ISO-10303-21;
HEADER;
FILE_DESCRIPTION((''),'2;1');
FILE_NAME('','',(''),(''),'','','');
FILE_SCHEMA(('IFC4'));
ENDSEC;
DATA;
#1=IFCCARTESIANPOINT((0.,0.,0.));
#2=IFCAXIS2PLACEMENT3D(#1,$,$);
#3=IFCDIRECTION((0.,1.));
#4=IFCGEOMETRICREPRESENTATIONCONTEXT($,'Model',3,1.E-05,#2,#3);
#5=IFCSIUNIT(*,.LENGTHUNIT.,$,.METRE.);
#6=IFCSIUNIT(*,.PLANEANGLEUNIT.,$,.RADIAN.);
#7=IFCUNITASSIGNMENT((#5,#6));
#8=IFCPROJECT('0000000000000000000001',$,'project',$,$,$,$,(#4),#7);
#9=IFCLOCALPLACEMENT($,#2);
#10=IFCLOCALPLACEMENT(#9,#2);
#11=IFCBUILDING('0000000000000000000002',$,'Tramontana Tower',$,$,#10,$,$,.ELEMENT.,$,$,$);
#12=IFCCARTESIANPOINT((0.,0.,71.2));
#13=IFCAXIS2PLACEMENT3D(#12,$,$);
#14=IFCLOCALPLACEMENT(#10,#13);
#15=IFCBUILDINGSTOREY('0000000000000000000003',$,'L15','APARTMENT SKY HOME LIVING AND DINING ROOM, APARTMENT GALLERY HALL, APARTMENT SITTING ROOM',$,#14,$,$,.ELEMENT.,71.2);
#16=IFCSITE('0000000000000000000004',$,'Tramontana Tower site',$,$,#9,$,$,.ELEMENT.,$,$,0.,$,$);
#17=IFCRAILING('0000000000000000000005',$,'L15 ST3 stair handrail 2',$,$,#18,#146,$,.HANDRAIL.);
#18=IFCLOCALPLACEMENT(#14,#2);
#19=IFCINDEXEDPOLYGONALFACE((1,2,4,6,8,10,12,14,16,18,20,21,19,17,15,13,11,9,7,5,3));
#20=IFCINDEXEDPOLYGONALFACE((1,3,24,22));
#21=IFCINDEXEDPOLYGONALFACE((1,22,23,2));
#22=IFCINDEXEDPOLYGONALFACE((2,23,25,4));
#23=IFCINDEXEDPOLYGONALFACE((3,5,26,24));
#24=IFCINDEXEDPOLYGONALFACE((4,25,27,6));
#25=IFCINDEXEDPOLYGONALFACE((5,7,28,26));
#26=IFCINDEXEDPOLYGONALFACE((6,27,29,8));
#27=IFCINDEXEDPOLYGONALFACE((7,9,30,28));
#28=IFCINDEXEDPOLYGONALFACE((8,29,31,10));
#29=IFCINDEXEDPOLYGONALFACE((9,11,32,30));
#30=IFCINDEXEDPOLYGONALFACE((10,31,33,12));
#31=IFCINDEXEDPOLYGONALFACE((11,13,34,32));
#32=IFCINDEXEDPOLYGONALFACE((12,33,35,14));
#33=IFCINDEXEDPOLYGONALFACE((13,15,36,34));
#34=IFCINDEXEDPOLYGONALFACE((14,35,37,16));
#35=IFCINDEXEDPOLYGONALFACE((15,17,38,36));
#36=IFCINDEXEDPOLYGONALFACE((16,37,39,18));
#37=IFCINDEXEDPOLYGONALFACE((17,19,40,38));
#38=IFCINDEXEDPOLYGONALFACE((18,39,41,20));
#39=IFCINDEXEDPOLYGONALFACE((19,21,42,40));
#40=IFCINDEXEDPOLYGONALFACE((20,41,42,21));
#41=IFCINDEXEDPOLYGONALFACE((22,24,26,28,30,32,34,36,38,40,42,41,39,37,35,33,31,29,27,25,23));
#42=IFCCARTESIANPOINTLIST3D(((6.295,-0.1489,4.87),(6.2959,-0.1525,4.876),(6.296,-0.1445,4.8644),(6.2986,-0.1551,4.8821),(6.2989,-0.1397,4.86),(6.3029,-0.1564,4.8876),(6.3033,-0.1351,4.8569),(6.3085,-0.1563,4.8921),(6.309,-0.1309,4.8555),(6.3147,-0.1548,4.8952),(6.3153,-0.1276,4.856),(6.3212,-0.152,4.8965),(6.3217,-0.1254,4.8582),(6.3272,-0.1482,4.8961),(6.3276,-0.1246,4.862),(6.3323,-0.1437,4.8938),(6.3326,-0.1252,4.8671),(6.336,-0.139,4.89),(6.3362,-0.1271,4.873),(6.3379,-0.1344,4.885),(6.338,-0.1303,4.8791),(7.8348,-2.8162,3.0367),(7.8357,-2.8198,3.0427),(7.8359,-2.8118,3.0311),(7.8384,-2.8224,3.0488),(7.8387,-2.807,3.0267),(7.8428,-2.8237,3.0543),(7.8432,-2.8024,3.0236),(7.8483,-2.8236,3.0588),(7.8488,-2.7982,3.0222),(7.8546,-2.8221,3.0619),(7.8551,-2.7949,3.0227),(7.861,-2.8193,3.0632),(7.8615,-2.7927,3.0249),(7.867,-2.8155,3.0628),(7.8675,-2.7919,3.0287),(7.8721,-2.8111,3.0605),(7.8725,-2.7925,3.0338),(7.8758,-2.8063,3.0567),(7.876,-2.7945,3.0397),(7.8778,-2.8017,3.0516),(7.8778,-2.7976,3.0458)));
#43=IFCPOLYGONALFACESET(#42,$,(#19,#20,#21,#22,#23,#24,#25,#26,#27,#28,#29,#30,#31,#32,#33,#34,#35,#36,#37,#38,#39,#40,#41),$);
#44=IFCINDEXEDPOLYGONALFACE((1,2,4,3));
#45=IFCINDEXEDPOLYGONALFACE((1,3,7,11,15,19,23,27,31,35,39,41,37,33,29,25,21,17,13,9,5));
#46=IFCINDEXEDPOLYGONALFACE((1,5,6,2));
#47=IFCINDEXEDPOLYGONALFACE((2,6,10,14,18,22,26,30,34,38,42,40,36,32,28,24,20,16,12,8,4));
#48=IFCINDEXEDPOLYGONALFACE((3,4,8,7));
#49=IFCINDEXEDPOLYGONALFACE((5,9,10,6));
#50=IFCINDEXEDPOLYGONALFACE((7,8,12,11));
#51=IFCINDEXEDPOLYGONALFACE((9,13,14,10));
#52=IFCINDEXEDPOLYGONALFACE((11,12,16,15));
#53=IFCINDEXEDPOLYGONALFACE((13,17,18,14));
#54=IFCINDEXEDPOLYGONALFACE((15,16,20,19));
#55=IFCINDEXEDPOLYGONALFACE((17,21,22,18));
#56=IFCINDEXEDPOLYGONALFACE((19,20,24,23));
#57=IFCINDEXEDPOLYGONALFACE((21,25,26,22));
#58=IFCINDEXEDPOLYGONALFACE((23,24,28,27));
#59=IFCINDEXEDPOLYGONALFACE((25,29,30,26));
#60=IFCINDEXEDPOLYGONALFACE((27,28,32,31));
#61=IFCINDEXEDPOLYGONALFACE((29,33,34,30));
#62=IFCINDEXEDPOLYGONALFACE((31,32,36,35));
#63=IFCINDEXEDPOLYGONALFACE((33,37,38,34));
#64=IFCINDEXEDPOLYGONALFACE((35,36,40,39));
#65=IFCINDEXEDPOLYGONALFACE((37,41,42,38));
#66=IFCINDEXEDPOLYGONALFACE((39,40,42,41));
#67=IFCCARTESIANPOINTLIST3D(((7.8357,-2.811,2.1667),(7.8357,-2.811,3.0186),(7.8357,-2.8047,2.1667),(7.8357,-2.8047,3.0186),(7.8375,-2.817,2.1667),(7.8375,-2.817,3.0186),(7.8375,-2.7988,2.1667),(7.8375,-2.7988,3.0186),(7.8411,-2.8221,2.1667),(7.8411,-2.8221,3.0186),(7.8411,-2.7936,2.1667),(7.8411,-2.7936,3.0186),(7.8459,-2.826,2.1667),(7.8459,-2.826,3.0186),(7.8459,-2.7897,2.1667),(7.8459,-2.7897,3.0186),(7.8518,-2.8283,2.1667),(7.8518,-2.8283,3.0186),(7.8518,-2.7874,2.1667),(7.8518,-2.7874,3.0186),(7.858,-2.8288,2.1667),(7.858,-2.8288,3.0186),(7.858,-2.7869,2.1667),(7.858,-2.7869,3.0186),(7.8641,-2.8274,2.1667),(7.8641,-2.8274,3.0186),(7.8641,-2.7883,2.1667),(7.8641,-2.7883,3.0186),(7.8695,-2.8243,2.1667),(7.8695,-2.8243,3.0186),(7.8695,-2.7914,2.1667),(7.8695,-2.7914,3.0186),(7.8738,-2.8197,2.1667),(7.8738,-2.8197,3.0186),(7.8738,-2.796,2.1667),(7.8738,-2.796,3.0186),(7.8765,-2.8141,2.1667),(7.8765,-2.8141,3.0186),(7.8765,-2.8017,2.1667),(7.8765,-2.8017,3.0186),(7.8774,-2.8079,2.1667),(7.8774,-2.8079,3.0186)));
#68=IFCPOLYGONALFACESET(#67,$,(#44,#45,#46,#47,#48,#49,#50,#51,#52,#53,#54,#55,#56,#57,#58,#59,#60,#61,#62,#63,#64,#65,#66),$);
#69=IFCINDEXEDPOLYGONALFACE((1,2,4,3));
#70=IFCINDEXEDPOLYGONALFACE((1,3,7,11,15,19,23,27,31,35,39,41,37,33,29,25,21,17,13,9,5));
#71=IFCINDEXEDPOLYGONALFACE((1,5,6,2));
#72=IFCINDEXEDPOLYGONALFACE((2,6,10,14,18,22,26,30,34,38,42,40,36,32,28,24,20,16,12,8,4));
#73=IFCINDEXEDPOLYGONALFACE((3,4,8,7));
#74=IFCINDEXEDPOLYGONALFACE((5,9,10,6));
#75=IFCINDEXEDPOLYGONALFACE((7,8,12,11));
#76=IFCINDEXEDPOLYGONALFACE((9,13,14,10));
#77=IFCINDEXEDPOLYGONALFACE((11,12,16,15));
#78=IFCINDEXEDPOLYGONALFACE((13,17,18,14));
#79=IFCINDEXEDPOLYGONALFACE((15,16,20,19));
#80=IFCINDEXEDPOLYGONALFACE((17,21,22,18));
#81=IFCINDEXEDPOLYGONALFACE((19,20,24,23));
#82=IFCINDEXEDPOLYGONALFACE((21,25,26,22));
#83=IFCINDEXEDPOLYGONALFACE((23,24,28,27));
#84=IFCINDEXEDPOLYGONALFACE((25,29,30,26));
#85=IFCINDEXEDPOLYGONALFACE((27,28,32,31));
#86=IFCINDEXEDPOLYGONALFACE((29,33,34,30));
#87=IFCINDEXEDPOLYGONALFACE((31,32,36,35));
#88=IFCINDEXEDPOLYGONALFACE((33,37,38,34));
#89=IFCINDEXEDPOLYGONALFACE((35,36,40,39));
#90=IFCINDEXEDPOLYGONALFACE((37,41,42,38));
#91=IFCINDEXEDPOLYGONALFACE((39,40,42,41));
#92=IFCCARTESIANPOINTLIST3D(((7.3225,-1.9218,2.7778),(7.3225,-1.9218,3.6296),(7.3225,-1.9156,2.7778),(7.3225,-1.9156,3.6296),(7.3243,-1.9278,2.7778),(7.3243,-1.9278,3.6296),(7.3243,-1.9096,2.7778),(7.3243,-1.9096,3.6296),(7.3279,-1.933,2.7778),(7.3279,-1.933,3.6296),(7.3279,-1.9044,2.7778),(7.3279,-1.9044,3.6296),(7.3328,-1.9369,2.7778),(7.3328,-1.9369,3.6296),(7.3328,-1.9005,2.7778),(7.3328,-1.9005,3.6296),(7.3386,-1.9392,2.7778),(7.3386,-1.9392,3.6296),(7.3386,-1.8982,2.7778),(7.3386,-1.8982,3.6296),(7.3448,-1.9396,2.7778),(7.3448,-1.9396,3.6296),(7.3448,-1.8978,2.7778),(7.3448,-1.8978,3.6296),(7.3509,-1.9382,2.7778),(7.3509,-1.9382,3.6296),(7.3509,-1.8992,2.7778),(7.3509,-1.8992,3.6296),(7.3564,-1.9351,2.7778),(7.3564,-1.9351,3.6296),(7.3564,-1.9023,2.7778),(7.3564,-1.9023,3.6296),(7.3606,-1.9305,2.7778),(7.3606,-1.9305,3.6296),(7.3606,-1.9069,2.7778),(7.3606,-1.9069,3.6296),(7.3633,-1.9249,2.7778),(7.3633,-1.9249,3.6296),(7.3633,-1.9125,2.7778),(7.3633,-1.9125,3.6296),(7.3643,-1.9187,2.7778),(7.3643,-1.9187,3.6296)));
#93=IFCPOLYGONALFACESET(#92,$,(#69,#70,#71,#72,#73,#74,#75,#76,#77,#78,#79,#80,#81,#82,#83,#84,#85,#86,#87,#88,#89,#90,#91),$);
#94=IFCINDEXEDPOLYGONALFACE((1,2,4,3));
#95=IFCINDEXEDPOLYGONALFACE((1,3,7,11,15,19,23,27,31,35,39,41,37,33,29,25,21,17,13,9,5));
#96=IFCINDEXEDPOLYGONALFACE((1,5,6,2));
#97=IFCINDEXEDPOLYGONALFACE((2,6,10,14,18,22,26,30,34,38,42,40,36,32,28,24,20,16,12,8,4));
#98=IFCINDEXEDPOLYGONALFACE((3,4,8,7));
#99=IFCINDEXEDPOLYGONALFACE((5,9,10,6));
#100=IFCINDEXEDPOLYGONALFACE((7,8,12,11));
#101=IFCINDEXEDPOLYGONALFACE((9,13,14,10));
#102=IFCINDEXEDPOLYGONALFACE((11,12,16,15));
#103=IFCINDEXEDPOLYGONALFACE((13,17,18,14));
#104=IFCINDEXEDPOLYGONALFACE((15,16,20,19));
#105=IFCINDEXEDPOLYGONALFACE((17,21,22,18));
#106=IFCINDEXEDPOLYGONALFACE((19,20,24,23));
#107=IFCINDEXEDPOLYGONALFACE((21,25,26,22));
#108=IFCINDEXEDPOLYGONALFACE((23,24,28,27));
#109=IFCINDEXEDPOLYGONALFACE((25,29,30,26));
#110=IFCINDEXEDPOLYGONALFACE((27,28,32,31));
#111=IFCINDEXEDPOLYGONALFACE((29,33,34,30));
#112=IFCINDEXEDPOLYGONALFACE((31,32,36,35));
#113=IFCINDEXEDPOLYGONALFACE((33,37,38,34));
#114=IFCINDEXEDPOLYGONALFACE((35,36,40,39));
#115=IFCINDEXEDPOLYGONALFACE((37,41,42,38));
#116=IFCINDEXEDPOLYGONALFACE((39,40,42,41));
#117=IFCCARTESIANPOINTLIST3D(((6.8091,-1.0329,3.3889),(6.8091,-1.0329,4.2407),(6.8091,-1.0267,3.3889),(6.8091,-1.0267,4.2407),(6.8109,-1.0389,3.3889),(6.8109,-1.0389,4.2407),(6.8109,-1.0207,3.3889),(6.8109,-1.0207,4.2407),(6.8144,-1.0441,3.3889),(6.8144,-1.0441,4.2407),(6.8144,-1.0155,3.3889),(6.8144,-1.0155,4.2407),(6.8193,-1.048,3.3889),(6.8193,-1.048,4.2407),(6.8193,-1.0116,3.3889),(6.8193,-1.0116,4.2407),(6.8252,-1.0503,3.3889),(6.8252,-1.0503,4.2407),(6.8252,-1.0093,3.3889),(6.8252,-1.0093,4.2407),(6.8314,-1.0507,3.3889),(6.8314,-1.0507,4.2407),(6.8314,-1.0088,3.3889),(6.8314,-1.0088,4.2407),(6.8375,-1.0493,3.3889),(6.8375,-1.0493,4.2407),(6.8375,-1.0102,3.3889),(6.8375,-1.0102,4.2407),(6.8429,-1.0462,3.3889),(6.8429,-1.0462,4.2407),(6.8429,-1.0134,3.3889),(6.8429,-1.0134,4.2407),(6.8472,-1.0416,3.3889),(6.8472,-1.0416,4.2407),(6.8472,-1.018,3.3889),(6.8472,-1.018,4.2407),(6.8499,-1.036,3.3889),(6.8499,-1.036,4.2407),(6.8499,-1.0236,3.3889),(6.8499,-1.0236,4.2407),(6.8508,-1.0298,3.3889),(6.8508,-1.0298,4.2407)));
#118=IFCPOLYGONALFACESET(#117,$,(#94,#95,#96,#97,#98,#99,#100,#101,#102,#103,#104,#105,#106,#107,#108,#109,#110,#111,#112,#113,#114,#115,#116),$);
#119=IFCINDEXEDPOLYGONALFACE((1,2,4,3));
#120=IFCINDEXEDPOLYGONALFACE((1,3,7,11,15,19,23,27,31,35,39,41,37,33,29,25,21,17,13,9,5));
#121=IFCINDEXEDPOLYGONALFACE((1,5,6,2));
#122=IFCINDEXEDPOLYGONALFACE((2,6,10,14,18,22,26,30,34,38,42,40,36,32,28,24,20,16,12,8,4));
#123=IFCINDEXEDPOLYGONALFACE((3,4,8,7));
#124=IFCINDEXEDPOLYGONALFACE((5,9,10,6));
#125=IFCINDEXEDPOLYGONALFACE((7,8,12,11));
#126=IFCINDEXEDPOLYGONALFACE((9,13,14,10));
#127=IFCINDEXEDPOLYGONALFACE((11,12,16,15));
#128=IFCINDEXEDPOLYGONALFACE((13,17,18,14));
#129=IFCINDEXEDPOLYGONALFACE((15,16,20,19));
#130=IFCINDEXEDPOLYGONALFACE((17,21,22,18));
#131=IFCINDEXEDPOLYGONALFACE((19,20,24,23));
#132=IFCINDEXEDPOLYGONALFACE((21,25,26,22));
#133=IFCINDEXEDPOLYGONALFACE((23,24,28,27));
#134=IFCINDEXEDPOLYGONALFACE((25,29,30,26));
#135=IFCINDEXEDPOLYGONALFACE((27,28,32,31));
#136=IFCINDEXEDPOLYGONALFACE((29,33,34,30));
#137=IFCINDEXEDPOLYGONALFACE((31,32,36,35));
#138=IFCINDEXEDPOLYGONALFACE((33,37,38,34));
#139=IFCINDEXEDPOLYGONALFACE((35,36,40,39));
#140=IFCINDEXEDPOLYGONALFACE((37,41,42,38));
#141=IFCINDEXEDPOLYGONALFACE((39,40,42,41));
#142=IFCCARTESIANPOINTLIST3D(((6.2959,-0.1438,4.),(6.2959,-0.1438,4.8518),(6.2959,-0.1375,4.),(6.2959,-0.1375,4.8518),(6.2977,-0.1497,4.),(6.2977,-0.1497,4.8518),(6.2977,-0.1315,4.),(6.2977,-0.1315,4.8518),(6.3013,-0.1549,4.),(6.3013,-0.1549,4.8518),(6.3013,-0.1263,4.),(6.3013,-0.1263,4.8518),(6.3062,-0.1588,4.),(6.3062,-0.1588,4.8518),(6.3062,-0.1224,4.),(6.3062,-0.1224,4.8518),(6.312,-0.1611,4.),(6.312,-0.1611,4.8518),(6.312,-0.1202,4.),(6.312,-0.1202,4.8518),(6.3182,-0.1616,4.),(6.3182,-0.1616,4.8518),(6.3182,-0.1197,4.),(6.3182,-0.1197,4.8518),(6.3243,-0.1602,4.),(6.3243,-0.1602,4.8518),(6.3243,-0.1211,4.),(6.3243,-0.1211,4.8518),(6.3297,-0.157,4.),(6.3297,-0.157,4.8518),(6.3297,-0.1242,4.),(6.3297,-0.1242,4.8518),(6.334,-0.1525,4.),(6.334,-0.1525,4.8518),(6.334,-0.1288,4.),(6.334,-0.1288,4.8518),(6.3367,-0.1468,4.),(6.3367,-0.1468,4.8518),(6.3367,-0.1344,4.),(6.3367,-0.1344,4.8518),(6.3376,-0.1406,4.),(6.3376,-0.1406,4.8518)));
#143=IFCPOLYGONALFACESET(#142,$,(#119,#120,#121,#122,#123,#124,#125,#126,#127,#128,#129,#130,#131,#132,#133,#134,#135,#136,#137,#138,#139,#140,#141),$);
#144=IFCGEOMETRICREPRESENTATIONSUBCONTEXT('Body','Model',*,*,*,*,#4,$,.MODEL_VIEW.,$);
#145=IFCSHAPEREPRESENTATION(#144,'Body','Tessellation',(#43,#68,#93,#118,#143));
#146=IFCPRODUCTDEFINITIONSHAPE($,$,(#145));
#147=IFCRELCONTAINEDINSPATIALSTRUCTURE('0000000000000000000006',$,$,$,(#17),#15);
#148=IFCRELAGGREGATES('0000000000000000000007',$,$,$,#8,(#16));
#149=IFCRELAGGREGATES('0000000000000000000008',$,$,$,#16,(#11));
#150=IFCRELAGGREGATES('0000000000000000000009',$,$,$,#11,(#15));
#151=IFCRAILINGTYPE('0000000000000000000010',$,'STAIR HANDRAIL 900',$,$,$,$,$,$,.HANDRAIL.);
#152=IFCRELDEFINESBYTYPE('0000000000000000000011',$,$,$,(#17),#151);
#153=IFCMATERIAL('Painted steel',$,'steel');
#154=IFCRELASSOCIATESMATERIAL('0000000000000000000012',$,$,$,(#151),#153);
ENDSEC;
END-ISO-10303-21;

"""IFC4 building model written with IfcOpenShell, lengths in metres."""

from ifc_helpers import new_model, si_unit, direction, frame, origin, origin_2d, place, context, subcontext, project, spatial, circle, extrude, material, type_object, element, save


model = new_model("IFC4")

# Units and contexts
model_context = context("Model", 3, precision=1e-05, world=origin(), true_north=direction((0.0, 1.0)))
body_context = subcontext(model_context, "Body", "Model", "MODEL_VIEW")
ifc_project = project(units=[si_unit("LENGTHUNIT", "METRE"), si_unit("PLANEANGLEUNIT", "RADIAN")], contexts=[model_context])

# Site, building, storey
site_placement = place(None, origin())
site = spatial("IfcSite", under=ifc_project, at=site_placement, Name="Tramontana Tower site", CompositionType="ELEMENT", RefElevation=0.0)
building_placement = place(site_placement, origin())
building = spatial("IfcBuilding", under=site, at=building_placement, Name="Tramontana Tower", CompositionType="ELEMENT")
storey_placement = place(building_placement, frame((0.0, 0.0, 71.2)))
storey = spatial("IfcBuildingStorey", under=building, at=storey_placement, Name="L15", Description="APARTMENT SKY HOME LIVING AND DINING ROOM, APARTMENT GALLERY HALL, APARTMENT SITTING ROOM", CompositionType="ELEMENT", Elevation=71.2)

# Railing
ifc_material_1 = material(Name="Painted steel", Category="steel")
railing_type_1 = type_object("IfcRailingType", Name="STAIR HANDRAIL 900", PredefinedType="HANDRAIL", material=ifc_material_1)
railing_1_placement = place(storey_placement, frame((7.8564, -2.8079, 2.1667)))
element("IfcRailing", 1, at=railing_1_placement, inside=storey, type_object=railing_type_1, Name="L15 ST3 stair handrail 2", PredefinedType="HANDRAIL", context=body_context, shape_type="SweptSolid", body=[
    extrude(circle(Radius=0.0239, at=origin_2d()), frame((0.0, 0.0, 0.876), z_axis=(-0.429616, 0.744181, 0.511493), x_axis=(-0.866044, -0.499967, 0.0)), (0.0, 0.0, 1.0), 3.5842),
    extrude(circle(Radius=0.021, at=origin_2d()), origin(), (0.0, 0.0, 1.0), 0.8518),
    extrude(circle(Radius=0.021, at=origin_2d()), frame((-0.5132, 0.8892, 0.6111)), (0.0, 0.0, 1.0), 0.8518),
    extrude(circle(Radius=0.021, at=origin_2d()), frame((-1.0266, 1.7781, 1.2222)), (0.0, 0.0, 1.0), 0.8518),
    extrude(circle(Radius=0.021, at=origin_2d()), frame((-1.5398, 2.6672, 1.8333)), (0.0, 0.0, 1.0), 0.8518),
])

save(model, "model.ifc")
